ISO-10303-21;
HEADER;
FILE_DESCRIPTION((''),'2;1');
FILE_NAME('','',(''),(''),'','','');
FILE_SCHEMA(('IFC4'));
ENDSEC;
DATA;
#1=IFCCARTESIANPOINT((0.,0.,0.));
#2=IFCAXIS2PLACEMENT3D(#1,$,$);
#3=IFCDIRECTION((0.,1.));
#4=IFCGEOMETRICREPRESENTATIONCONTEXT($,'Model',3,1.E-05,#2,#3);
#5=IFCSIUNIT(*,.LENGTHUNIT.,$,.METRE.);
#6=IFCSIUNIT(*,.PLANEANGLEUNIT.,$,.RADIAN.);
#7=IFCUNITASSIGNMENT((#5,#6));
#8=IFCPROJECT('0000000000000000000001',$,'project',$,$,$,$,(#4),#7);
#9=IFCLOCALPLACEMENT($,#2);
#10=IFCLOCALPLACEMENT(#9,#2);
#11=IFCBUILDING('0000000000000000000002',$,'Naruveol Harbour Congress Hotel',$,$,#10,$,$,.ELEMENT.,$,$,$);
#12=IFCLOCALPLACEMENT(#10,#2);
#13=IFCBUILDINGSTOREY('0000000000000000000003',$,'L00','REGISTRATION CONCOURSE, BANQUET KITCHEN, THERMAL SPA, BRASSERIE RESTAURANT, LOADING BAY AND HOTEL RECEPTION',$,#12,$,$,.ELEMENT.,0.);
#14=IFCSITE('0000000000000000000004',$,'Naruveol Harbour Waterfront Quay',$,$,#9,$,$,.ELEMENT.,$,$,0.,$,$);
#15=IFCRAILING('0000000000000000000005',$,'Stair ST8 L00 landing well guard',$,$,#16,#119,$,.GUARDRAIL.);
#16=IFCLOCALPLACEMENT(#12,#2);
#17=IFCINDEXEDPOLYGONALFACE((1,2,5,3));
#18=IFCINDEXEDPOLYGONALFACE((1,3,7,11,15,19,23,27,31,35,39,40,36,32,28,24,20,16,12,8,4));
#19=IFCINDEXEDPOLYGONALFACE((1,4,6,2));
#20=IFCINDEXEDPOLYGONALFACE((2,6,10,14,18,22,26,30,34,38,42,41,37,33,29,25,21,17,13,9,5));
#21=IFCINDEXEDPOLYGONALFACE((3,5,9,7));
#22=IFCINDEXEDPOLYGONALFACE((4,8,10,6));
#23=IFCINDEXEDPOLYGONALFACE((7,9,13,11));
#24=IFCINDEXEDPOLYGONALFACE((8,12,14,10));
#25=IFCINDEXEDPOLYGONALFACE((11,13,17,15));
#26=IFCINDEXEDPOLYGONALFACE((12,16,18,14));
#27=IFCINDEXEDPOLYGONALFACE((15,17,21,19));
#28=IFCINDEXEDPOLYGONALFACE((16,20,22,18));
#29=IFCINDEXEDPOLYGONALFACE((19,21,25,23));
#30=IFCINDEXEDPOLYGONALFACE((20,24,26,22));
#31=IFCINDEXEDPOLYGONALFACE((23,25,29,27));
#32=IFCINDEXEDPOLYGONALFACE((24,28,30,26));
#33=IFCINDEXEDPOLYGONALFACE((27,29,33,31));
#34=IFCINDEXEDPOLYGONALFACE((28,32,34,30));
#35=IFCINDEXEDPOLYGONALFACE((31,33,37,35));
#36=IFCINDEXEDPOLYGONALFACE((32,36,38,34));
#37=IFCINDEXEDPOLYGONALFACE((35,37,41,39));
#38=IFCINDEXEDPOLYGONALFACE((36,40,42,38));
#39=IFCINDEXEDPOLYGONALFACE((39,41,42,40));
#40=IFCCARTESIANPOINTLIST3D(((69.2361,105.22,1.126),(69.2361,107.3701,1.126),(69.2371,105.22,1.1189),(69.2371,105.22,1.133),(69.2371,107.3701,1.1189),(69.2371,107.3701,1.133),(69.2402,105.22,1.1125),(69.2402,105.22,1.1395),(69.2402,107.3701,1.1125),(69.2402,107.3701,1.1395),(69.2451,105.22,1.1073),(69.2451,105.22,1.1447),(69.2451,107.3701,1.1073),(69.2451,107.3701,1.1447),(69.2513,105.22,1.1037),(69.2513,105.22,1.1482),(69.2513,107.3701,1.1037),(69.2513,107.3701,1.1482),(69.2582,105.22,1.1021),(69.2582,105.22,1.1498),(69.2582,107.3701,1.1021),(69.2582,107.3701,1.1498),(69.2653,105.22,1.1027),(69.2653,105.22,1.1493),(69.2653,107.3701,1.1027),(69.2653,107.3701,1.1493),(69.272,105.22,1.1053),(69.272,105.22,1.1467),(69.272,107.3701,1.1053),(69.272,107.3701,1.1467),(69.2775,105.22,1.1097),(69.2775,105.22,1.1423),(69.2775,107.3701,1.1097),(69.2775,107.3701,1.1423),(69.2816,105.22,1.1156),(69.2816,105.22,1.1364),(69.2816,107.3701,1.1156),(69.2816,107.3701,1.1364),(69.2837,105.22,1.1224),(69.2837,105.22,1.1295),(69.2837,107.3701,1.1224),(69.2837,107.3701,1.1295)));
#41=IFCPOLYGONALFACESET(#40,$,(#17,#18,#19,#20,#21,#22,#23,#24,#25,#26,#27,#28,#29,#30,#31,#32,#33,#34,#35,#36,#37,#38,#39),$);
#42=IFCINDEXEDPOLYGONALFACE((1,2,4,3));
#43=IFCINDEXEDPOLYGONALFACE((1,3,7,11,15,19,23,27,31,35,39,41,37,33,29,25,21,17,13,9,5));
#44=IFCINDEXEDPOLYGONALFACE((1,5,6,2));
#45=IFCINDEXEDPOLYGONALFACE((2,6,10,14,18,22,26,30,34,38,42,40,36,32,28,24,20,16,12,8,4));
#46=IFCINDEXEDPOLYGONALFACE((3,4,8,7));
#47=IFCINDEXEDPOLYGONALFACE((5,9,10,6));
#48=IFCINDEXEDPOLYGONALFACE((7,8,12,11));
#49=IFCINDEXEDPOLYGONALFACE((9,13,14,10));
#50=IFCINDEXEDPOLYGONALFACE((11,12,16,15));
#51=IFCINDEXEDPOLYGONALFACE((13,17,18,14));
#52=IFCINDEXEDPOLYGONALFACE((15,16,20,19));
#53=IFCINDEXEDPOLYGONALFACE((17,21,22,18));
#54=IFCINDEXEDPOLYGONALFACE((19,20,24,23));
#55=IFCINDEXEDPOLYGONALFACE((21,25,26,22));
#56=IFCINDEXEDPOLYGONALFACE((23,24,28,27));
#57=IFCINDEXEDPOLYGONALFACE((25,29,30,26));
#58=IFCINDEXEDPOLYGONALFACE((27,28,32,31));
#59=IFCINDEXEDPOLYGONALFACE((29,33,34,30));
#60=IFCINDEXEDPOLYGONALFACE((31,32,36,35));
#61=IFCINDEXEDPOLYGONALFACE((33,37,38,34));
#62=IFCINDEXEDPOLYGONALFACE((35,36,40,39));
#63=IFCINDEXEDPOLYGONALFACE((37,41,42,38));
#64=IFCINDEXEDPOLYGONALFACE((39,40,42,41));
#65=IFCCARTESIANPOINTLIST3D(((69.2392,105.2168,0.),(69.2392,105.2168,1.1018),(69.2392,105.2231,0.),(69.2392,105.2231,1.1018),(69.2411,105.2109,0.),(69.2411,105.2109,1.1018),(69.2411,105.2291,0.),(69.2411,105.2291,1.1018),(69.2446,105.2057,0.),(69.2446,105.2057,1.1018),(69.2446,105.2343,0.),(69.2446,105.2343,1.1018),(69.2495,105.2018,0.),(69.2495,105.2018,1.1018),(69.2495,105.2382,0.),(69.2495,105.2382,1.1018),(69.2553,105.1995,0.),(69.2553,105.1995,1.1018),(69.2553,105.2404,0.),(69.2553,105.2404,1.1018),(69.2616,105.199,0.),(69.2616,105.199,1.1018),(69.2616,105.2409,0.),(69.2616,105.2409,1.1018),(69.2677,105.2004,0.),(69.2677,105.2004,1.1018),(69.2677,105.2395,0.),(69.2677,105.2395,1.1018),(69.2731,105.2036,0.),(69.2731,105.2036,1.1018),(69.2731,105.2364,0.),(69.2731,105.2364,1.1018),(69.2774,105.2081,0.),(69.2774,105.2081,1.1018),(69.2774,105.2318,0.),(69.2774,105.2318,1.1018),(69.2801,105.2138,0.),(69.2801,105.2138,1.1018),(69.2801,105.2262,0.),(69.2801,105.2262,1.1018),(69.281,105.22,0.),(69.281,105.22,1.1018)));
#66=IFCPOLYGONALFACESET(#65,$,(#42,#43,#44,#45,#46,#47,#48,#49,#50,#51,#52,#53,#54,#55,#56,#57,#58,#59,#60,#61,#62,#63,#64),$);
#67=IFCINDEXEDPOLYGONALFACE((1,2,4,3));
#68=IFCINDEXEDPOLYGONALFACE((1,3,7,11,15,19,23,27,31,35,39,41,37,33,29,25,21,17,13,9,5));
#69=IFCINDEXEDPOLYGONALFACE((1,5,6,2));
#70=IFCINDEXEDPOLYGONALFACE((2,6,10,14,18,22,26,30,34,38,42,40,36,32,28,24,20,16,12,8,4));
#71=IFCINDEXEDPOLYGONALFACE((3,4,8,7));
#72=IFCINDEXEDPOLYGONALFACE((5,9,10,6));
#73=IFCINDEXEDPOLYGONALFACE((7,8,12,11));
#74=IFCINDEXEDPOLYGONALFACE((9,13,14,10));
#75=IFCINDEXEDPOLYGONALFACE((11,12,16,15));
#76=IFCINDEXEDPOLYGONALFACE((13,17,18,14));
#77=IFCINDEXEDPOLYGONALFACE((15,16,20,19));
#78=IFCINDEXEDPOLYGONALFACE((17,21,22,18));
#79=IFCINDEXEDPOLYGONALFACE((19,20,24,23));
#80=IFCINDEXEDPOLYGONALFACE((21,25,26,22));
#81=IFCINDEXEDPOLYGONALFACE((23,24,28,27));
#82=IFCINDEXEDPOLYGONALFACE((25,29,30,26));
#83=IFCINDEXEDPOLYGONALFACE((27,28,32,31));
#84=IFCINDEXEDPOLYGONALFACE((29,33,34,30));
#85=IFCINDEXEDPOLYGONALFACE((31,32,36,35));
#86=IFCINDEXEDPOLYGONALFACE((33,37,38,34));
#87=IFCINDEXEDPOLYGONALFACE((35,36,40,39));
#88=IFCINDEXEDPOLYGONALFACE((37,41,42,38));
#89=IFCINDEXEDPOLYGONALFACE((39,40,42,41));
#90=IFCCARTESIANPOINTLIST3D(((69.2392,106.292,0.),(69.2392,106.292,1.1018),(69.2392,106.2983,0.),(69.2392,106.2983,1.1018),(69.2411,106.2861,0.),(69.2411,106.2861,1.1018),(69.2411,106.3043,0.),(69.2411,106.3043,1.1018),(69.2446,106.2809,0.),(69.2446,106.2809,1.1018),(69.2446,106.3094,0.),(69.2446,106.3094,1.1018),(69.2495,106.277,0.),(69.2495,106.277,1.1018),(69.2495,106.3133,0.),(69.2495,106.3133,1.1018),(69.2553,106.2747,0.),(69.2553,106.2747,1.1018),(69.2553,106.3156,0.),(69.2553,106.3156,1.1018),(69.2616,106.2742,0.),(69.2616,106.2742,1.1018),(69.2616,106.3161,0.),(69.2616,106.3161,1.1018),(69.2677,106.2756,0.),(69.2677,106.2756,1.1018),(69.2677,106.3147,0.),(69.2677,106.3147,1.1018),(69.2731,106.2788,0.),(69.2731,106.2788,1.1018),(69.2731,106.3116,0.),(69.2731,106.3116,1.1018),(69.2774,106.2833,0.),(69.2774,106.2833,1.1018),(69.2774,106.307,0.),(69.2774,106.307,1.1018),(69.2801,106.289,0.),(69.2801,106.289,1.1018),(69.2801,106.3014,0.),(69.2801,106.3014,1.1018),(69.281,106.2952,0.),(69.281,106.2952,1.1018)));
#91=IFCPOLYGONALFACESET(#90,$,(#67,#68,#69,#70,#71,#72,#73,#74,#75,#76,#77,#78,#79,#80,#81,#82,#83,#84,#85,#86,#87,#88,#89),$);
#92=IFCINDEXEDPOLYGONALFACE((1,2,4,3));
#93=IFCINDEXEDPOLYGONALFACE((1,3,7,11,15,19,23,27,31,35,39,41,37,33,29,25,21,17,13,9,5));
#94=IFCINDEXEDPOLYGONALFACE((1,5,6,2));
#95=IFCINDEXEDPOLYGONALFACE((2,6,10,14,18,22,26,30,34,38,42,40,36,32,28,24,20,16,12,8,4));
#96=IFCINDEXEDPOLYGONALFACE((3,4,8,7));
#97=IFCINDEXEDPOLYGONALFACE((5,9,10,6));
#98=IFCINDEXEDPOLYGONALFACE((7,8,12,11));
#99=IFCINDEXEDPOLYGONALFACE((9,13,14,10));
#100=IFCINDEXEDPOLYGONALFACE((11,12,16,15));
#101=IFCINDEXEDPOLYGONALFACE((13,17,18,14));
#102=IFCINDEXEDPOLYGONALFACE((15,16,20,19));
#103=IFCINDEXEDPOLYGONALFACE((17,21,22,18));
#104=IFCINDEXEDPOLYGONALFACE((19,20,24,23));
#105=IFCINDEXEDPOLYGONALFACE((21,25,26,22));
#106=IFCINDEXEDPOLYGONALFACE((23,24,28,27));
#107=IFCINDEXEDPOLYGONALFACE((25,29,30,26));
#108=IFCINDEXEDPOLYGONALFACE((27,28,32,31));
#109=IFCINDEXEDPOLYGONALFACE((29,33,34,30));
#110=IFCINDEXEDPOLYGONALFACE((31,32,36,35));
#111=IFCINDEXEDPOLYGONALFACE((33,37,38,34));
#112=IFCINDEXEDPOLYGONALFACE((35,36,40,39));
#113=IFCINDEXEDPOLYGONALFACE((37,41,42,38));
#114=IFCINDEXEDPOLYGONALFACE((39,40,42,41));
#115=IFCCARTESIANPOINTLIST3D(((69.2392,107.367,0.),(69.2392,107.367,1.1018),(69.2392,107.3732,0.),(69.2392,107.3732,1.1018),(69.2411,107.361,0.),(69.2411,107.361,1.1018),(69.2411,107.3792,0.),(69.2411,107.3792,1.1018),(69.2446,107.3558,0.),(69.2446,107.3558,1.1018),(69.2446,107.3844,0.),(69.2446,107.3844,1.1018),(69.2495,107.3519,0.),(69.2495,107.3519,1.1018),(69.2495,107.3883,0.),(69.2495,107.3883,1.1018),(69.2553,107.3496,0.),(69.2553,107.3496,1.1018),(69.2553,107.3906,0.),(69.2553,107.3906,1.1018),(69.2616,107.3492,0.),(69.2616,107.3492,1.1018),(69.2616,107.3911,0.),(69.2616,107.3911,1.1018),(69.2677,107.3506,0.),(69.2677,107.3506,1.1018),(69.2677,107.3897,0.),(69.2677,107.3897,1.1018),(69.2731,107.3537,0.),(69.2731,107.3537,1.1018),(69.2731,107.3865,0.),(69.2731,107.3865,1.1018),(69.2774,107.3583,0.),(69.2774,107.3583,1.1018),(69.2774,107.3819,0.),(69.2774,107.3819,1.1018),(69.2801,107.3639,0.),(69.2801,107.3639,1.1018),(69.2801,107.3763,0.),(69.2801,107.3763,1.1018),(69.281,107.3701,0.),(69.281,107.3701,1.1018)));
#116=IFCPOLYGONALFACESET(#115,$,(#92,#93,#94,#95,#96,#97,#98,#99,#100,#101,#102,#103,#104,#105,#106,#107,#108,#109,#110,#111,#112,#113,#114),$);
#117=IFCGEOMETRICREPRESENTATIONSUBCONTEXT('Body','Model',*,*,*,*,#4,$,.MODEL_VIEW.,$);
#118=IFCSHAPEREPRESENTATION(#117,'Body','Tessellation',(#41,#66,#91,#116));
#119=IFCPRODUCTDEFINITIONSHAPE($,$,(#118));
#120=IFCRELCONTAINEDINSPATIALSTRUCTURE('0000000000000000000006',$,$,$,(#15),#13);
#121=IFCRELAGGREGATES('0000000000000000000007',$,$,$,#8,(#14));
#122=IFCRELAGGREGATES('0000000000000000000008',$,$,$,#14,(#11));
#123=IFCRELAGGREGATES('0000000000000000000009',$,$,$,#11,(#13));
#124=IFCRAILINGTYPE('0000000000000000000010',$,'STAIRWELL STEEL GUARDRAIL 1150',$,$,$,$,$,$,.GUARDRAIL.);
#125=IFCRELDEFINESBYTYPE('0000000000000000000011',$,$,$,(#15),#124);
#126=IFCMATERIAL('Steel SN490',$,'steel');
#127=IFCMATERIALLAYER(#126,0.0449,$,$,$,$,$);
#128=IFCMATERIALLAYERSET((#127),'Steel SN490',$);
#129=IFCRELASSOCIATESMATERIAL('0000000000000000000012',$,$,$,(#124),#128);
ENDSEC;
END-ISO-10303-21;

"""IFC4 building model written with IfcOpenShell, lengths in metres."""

from ifc_helpers import new_model, si_unit, direction, frame, origin, origin_2d, place, context, subcontext, project, spatial, circle, extrude, material, layer, layer_set, type_object, element, save


model = new_model("IFC4")

# Units and contexts
model_context = context("Model", 3, precision=1e-05, world=origin(), true_north=direction((0.0, 1.0)))
body_context = subcontext(model_context, "Body", "Model", "MODEL_VIEW")
ifc_project = project(units=[si_unit("LENGTHUNIT", "METRE"), si_unit("PLANEANGLEUNIT", "RADIAN")], contexts=[model_context])

# Site, building, storey
site_placement = place(None, origin())
site = spatial("IfcSite", under=ifc_project, at=site_placement, Name="Naruveol Harbour Waterfront Quay", CompositionType="ELEMENT", RefElevation=0.0)
building_placement = place(site_placement, origin())
building = spatial("IfcBuilding", under=site, at=building_placement, Name="Naruveol Harbour Congress Hotel", CompositionType="ELEMENT")
storey_placement = place(building_placement, origin())
storey = spatial("IfcBuildingStorey", under=building, at=storey_placement, Name="L00", Description="REGISTRATION CONCOURSE, BANQUET KITCHEN, THERMAL SPA, BRASSERIE RESTAURANT, LOADING BAY AND HOTEL RECEPTION", CompositionType="ELEMENT", Elevation=0.0)

# Railing
ifc_material_1 = material(Name="Steel SN490", Category="steel")
ifc_layer_1 = layer(ifc_material_1, 0.0449)
ifc_layer_set_1 = layer_set([ifc_layer_1], Name="Steel SN490")
railing_type_1 = type_object("IfcRailingType", Name="STAIRWELL STEEL GUARDRAIL 1150", PredefinedType="GUARDRAIL", material=ifc_layer_set_1)
railing_1_placement = place(storey_placement, frame((69.26, 105.22, 0.0)))
element("IfcRailing", 1, at=railing_1_placement, inside=storey, type_object=railing_type_1, Name="Stair ST8 L00 landing well guard", PredefinedType="GUARDRAIL", context=body_context, shape_type="SweptSolid", body=[
    extrude(circle(Radius=0.0239, at=origin_2d()), frame((0.0, 0.0, 1.126), z_axis=(0.0, 1.0, 0.0), x_axis=(-1.0, 0.0, 0.0)), (0.0, 0.0, 1.0), 2.1501),
    extrude(circle(Radius=0.021, at=origin_2d()), origin(), (0.0, 0.0, 1.0), 1.1018),
    extrude(circle(Radius=0.021, at=origin_2d()), frame((0.0, 1.0752, 0.0)), (0.0, 0.0, 1.0), 1.1018),
    extrude(circle(Radius=0.021, at=origin_2d()), frame((0.0, 2.1501, 0.0)), (0.0, 0.0, 1.0), 1.1018),
])

save(model, "model.ifc")
